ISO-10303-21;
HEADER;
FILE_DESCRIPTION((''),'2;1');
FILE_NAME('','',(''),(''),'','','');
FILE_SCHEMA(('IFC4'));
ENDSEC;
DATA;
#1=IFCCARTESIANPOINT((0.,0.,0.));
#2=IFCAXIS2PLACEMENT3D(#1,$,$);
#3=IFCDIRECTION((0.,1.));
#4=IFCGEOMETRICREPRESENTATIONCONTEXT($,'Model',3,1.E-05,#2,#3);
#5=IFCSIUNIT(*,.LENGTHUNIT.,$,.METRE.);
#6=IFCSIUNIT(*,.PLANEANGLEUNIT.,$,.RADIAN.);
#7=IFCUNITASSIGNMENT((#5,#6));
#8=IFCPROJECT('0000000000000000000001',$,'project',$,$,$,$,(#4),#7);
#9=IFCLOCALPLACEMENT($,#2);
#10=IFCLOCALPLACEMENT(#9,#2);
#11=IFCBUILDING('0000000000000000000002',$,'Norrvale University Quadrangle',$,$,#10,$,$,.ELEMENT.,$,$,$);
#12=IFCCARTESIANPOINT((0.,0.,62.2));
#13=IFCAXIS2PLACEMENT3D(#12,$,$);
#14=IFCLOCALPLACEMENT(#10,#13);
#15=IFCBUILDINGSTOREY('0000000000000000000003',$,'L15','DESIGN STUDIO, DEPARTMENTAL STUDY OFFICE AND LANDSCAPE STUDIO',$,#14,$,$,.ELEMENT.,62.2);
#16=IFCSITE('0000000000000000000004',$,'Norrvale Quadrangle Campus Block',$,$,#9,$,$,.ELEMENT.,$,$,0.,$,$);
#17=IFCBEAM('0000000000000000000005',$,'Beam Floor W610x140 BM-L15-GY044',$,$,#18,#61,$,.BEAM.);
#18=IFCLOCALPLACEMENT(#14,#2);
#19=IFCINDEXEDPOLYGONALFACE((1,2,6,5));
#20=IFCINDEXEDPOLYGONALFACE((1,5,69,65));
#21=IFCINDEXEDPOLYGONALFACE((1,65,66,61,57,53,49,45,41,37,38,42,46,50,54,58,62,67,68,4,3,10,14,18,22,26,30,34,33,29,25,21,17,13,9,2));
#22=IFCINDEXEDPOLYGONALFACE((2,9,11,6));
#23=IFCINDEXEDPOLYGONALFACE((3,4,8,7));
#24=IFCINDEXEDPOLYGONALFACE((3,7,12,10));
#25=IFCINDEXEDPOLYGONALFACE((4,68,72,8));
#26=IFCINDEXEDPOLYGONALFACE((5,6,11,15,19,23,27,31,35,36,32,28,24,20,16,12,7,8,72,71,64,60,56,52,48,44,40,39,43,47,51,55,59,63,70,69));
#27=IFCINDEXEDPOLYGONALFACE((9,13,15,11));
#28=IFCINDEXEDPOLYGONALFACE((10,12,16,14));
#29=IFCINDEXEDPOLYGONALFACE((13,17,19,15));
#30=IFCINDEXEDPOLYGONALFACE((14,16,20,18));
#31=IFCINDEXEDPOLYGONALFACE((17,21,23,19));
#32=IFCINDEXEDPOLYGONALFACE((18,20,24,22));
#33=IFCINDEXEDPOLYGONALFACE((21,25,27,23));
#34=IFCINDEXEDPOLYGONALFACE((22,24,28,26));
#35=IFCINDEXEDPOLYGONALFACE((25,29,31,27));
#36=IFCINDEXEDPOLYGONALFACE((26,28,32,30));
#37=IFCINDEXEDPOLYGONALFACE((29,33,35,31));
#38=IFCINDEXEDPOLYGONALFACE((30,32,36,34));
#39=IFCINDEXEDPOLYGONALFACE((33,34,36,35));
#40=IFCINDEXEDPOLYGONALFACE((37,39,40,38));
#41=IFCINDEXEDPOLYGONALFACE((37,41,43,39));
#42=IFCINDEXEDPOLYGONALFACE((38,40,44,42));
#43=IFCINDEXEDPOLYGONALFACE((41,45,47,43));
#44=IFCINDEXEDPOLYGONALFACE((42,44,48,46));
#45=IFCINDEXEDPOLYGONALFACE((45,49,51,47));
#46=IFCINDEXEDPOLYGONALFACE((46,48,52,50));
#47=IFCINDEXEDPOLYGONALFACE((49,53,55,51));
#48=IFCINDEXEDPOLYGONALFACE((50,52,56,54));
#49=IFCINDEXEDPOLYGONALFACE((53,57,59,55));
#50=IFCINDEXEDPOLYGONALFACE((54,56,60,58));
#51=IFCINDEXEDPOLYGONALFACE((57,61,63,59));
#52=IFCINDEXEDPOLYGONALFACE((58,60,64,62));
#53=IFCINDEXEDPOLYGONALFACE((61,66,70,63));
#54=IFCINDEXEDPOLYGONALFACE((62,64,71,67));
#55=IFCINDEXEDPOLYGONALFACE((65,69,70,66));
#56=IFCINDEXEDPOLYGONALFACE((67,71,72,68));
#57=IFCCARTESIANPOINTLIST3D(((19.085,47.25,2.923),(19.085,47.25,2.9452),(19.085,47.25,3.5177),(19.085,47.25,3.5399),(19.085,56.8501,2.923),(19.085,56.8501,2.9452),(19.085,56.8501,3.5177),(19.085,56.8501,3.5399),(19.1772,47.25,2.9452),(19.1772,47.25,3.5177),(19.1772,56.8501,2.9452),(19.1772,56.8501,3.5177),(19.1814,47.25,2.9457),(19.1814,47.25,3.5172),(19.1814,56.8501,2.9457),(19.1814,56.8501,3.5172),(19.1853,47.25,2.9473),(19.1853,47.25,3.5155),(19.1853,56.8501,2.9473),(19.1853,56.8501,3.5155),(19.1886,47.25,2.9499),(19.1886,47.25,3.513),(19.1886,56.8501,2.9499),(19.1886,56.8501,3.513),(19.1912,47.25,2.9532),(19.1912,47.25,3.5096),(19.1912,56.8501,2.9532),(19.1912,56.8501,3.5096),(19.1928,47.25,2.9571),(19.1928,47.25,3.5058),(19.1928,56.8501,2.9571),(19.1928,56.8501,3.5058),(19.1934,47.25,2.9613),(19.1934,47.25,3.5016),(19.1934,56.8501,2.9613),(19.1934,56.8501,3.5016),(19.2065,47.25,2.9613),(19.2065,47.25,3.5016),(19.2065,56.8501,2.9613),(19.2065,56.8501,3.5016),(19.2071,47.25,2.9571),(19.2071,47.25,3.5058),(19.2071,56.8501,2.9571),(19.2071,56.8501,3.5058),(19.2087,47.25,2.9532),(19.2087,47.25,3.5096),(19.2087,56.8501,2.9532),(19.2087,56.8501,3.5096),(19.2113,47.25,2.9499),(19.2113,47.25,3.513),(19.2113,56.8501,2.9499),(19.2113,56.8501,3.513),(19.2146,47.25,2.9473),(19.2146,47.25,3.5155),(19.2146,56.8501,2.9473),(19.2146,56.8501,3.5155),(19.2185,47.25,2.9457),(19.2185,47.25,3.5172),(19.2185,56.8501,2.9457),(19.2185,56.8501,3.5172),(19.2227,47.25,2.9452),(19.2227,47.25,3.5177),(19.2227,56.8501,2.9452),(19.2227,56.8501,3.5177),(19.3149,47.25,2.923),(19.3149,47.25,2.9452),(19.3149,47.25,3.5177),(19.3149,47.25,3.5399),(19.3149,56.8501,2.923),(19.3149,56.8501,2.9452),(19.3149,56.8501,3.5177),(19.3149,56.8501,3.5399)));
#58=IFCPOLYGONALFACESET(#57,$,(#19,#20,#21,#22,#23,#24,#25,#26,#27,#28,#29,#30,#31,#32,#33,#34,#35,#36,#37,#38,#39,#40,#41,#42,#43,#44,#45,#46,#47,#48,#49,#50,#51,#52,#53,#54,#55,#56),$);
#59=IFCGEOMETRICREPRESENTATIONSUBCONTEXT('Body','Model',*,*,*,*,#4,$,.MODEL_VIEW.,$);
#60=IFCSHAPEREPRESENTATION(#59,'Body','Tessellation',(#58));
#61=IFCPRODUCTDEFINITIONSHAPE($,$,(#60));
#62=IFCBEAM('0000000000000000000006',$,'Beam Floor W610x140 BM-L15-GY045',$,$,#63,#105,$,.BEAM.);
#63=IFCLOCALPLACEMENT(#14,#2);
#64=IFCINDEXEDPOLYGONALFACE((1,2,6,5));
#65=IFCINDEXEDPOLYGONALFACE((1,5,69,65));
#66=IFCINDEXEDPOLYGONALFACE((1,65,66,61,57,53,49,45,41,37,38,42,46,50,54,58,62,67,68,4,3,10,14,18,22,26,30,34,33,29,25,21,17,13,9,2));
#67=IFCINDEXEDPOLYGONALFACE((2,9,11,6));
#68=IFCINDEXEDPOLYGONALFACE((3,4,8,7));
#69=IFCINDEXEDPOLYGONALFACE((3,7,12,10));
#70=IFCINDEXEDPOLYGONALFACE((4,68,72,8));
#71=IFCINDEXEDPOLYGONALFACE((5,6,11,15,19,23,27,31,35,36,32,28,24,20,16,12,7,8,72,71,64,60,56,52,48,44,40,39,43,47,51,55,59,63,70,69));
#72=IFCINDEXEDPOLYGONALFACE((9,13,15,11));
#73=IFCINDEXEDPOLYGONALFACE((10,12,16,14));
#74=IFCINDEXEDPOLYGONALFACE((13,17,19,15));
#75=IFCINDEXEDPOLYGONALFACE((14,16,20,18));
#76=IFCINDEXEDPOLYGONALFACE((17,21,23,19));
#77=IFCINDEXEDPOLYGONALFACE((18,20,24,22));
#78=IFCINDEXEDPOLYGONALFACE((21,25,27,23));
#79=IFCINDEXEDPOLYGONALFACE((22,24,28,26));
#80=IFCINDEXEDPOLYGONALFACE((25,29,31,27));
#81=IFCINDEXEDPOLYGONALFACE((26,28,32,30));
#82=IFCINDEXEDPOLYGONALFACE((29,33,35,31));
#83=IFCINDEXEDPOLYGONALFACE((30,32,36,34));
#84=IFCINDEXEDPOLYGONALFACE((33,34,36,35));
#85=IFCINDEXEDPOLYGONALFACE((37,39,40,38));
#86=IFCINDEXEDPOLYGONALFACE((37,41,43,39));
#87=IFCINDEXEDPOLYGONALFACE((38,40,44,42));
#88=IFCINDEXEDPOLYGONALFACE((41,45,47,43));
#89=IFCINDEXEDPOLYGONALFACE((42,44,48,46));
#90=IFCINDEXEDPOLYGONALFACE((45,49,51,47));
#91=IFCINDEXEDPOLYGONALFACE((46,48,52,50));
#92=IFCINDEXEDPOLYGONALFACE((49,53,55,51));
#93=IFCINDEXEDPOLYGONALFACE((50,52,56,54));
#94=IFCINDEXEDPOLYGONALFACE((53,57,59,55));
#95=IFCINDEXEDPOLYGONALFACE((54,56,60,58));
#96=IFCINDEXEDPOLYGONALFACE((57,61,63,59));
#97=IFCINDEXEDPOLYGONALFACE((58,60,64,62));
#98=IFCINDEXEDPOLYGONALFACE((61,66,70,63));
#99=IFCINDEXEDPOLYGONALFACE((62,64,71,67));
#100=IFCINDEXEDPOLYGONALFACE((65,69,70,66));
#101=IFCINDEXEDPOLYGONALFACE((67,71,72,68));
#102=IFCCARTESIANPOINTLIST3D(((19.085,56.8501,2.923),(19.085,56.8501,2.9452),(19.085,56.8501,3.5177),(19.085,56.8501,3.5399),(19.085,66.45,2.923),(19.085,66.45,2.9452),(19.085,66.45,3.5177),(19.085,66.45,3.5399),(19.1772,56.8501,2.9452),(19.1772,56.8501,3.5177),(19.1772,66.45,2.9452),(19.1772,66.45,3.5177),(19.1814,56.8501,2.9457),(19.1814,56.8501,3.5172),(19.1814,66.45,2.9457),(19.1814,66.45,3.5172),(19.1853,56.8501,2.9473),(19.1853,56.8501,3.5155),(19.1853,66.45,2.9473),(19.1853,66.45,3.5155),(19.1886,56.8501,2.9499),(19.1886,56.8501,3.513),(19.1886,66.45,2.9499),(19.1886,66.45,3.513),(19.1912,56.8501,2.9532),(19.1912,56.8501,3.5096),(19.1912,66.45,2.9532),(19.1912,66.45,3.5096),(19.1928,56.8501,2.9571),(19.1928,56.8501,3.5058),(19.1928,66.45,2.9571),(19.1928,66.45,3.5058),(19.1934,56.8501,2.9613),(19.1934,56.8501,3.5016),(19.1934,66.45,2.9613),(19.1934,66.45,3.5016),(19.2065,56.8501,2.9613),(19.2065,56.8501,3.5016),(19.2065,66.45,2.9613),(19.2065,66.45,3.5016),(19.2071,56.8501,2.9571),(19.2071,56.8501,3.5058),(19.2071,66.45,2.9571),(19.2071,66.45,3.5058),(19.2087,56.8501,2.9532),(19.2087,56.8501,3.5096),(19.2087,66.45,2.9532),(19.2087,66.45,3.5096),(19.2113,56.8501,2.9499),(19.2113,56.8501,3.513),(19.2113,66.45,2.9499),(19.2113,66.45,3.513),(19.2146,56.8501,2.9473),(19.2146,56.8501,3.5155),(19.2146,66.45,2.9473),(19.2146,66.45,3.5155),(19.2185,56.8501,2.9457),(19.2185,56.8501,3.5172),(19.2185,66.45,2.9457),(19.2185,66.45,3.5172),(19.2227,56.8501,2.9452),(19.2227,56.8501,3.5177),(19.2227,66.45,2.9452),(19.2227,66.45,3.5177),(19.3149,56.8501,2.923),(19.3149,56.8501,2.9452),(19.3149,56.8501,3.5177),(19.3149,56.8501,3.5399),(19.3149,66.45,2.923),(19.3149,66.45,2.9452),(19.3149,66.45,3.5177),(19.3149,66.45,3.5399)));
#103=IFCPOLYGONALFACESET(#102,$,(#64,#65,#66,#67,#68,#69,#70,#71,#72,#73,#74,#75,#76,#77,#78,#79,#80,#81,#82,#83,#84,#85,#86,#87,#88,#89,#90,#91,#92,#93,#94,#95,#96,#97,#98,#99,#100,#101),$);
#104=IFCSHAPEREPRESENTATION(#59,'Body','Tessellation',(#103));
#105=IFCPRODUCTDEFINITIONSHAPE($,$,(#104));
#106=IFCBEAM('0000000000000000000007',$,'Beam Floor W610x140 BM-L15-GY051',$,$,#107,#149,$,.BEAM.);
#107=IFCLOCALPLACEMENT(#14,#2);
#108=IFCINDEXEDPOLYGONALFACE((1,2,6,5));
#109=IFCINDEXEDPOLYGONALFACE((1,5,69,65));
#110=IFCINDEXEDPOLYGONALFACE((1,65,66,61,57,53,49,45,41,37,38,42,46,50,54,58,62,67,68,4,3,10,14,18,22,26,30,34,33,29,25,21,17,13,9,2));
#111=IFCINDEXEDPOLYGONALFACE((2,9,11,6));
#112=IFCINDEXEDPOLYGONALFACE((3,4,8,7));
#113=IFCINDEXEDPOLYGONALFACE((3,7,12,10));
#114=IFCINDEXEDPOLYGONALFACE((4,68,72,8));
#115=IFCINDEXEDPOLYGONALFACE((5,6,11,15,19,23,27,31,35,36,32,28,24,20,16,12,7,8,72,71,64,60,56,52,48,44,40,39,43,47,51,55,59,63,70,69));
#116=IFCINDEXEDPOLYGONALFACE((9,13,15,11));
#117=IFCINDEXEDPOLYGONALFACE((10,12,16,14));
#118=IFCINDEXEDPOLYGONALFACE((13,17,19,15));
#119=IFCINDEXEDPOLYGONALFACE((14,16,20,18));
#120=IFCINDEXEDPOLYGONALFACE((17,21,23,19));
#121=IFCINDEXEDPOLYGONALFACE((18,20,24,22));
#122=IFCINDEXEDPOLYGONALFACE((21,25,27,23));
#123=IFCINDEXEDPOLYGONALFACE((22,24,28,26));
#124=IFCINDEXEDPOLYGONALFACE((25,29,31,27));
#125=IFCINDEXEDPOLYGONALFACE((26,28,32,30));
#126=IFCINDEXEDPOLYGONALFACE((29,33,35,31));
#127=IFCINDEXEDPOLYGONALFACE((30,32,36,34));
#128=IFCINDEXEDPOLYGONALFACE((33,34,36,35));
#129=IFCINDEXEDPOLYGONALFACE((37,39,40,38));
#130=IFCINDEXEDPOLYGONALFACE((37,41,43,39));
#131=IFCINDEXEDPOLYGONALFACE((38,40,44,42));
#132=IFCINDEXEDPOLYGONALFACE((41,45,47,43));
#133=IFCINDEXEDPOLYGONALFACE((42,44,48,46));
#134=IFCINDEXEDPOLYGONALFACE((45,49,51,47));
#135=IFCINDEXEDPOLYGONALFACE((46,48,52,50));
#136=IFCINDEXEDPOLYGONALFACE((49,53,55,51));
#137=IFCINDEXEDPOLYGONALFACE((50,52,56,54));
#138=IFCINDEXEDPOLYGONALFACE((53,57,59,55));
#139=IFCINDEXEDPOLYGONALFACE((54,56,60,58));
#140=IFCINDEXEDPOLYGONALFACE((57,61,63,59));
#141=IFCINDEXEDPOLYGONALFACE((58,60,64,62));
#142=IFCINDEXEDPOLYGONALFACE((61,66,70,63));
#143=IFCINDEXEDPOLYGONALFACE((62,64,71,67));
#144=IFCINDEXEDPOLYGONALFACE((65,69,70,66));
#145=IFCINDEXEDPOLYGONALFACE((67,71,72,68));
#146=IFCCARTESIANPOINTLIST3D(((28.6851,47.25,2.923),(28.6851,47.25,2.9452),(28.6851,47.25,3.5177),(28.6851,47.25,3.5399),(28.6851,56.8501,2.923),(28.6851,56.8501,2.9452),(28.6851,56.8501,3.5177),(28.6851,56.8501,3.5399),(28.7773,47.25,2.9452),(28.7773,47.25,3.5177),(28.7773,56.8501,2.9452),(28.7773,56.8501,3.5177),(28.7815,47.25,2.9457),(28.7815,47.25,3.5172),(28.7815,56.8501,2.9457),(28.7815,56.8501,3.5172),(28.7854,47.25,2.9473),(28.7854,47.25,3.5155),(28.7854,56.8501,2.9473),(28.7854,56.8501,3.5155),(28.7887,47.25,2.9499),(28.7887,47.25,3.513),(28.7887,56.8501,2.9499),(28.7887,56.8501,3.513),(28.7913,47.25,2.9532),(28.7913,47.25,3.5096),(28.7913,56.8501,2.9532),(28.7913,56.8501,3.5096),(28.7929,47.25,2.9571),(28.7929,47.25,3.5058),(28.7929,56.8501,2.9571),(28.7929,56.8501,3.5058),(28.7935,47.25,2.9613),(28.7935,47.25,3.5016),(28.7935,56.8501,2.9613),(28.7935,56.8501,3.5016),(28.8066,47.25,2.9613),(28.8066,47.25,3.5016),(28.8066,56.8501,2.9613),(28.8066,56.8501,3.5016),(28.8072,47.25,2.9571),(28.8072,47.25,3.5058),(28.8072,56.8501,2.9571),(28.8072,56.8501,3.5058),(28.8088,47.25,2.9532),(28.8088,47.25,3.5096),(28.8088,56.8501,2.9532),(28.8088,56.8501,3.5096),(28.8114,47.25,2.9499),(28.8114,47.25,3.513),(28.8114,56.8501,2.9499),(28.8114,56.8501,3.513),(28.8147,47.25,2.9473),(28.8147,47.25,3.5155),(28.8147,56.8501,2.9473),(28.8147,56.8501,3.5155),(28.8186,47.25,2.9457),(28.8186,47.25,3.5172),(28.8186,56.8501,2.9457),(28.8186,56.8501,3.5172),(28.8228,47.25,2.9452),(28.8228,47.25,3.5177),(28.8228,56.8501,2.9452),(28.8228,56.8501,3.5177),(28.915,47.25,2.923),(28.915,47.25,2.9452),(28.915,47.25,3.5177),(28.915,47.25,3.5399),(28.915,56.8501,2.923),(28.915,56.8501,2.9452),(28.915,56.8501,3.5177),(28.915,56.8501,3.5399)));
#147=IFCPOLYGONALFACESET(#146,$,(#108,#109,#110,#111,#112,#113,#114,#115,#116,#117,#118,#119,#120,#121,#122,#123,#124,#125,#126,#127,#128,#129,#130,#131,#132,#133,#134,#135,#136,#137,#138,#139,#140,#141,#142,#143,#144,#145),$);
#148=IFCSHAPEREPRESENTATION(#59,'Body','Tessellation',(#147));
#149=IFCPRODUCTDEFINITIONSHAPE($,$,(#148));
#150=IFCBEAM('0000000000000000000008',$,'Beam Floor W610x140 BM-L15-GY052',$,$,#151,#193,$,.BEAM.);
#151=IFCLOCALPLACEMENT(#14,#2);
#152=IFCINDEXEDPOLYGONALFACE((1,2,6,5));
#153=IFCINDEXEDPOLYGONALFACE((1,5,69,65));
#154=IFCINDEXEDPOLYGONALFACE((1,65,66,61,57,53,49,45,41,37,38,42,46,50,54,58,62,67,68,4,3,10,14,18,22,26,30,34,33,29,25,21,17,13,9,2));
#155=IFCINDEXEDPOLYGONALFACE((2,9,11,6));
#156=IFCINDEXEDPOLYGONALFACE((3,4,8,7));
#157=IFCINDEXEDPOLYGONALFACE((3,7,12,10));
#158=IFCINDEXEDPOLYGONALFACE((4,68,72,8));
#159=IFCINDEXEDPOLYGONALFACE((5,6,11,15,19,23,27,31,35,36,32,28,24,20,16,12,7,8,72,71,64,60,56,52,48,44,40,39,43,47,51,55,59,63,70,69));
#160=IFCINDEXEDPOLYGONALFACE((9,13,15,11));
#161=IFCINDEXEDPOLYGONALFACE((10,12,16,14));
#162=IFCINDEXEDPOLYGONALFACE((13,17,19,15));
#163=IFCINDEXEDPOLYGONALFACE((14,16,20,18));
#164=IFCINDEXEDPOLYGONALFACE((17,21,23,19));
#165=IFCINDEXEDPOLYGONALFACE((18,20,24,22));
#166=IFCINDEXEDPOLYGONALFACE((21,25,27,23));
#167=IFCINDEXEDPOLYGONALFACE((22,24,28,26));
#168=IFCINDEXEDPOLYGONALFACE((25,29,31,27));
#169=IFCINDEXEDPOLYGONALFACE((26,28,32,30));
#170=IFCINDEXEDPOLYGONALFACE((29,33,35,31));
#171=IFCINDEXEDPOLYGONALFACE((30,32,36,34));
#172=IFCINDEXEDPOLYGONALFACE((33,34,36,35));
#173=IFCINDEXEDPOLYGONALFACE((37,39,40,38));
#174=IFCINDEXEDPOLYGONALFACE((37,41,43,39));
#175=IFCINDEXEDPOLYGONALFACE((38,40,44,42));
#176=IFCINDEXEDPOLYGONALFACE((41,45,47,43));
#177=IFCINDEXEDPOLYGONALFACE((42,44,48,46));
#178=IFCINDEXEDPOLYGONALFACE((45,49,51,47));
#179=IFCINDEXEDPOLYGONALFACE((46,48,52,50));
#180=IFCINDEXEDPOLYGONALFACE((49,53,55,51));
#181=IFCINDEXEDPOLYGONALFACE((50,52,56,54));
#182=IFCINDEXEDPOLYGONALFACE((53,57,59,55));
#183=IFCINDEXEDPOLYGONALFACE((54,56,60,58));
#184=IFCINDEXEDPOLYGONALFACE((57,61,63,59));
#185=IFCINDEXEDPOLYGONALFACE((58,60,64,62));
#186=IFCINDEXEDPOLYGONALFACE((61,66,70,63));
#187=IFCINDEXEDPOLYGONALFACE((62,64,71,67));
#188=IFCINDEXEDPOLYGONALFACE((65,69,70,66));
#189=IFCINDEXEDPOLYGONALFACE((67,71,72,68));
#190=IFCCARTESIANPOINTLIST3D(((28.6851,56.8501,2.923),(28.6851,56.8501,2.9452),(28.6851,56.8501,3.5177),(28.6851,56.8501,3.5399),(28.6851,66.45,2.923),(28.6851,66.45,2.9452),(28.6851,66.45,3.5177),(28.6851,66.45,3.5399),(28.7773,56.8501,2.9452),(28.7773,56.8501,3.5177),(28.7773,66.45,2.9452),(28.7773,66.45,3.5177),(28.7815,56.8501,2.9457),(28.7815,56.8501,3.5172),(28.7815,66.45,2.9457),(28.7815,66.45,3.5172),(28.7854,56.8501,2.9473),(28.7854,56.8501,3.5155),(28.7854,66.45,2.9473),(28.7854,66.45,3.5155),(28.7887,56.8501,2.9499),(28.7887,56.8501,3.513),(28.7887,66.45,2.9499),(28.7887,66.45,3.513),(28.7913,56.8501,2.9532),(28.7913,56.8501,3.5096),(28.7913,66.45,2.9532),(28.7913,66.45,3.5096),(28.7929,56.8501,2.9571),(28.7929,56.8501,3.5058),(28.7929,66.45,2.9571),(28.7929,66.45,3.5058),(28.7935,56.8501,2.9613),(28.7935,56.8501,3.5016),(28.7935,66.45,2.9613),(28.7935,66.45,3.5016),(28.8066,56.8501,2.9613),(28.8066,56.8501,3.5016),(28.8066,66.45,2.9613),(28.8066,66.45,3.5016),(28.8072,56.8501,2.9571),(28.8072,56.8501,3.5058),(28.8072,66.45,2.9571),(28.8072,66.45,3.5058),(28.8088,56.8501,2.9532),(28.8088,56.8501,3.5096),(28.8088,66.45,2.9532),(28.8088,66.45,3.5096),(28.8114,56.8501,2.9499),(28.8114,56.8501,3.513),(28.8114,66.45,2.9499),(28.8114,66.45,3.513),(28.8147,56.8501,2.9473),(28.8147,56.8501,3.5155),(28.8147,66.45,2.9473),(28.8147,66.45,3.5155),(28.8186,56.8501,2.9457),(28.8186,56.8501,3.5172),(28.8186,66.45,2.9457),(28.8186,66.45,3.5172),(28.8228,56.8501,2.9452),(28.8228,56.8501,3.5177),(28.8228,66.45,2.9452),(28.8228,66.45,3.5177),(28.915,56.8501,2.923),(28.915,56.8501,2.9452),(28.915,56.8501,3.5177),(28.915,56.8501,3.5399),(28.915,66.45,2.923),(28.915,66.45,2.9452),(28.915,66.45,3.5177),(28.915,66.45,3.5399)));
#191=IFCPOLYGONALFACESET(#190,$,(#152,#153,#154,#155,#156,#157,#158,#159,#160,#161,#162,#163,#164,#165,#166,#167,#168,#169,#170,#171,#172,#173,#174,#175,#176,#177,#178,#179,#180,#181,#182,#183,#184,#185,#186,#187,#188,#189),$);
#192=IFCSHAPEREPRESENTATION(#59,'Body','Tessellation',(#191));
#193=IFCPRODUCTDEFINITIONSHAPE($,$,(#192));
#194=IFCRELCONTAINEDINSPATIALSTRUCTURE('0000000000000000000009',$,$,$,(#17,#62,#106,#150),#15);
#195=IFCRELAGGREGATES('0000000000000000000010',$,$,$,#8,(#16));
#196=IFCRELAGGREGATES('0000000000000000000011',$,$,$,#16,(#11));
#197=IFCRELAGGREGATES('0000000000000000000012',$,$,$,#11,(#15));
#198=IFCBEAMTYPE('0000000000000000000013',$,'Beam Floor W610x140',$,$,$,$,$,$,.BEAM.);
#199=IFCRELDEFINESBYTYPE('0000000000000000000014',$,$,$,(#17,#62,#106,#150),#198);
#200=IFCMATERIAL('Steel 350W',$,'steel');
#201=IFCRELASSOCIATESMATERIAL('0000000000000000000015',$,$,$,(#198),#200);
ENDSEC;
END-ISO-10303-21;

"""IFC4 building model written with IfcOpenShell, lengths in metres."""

from ifc_helpers import new_model, si_unit, direction, frame, origin, origin_2d, place, context, subcontext, project, spatial, i_section, extrude, material, material_profile, profile_set, type_object, element, save


model = new_model("IFC4")

# Units and contexts
model_context = context("Model", 3, precision=1e-05, world=origin(), true_north=direction((0.0, 1.0)))
body_context = subcontext(model_context, "Body", "Model", "MODEL_VIEW")
ifc_project = project(units=[si_unit("LENGTHUNIT", "METRE"), si_unit("PLANEANGLEUNIT", "RADIAN")], contexts=[model_context])

# Site, building, storey
site_placement = place(None, origin())
site = spatial("IfcSite", under=ifc_project, at=site_placement, Name="Norrvale Quadrangle Campus Block", CompositionType="ELEMENT", RefElevation=0.0)
building_placement = place(site_placement, origin())
building = spatial("IfcBuilding", under=site, at=building_placement, Name="Norrvale University Quadrangle", CompositionType="ELEMENT")
storey_placement = place(building_placement, frame((0.0, 0.0, 62.2)))
storey = spatial("IfcBuildingStorey", under=building, at=storey_placement, Name="L15", Description="DESIGN STUDIO, DEPARTMENTAL STUDY OFFICE AND LANDSCAPE STUDIO", CompositionType="ELEMENT", Elevation=62.2)

# Beams
ifc_material_1 = material(Name="Steel 350W", Category="steel")
ifc_material_profile_1 = material_profile(ifc_material_1, i_section(OverallWidth=0.23, OverallDepth=0.6169, WebThickness=0.0132, FlangeThickness=0.0222, FilletRadius=0.0161, at=origin_2d()), Name="Steel 350W")
ifc_profile_set_1 = profile_set([ifc_material_profile_1], Name="Steel 350W")
beam_type_1 = type_object("IfcBeamType", Name="Beam Floor W610x140", PredefinedType="BEAM", material=ifc_profile_set_1)
for number, where, z_axis, x_axis, name in (
    (1, (19.2, 47.25, 3.2314), (0.0, 1.0, 0.0), (-1.0, 0.0, 0.0), "Beam Floor W610x140 BM-L15-GY044"),
):
    element("IfcBeam", number, at=place(storey_placement, frame(where, z_axis=z_axis, x_axis=x_axis)), inside=storey, type_object=beam_type_1, Name=name, PredefinedType="BEAM", context=body_context, shape_type="SweptSolid", body=[
        extrude(i_section(OverallWidth=0.23, OverallDepth=0.6169, WebThickness=0.0132, FlangeThickness=0.0222, FilletRadius=0.0161, at=origin_2d()), origin(), (0.0, 0.0, 1.0), 9.6001),
    ])
beam_1_placement = place(storey_placement, frame((19.2, 56.8501, 3.2314), z_axis=(0.0, 1.0, 0.0), x_axis=(-1.0, 0.0, 0.0)))
element("IfcBeam", 2, at=beam_1_placement, inside=storey, type_object=beam_type_1, Name="Beam Floor W610x140 BM-L15-GY045", PredefinedType="BEAM", context=body_context, shape_type="SweptSolid", body=[
    extrude(i_section(OverallWidth=0.23, OverallDepth=0.6169, WebThickness=0.0132, FlangeThickness=0.0222, FilletRadius=0.0161, at=origin_2d()), origin(), (0.0, 0.0, 1.0), 9.5999),
])
beam_2_placement = place(storey_placement, frame((28.8, 47.25, 3.2314), z_axis=(0.0, 1.0, 0.0), x_axis=(-1.0, 0.0, 0.0)))
element("IfcBeam", 3, at=beam_2_placement, inside=storey, type_object=beam_type_1, Name="Beam Floor W610x140 BM-L15-GY051", PredefinedType="BEAM", context=body_context, shape_type="SweptSolid", body=[
    extrude(i_section(OverallWidth=0.23, OverallDepth=0.6169, WebThickness=0.0132, FlangeThickness=0.0222, FilletRadius=0.0161, at=origin_2d()), origin(), (0.0, 0.0, 1.0), 9.6001),
])
beam_3_placement = place(storey_placement, frame((28.8, 56.8501, 3.2314), z_axis=(0.0, 1.0, 0.0), x_axis=(-1.0, 0.0, 0.0)))
element("IfcBeam", 4, at=beam_3_placement, inside=storey, type_object=beam_type_1, Name="Beam Floor W610x140 BM-L15-GY052", PredefinedType="BEAM", context=body_context, shape_type="SweptSolid", body=[
    extrude(i_section(OverallWidth=0.23, OverallDepth=0.6169, WebThickness=0.0132, FlangeThickness=0.0222, FilletRadius=0.0161, at=origin_2d()), origin(), (0.0, 0.0, 1.0), 9.5999),
])

save(model, "model.ifc")
